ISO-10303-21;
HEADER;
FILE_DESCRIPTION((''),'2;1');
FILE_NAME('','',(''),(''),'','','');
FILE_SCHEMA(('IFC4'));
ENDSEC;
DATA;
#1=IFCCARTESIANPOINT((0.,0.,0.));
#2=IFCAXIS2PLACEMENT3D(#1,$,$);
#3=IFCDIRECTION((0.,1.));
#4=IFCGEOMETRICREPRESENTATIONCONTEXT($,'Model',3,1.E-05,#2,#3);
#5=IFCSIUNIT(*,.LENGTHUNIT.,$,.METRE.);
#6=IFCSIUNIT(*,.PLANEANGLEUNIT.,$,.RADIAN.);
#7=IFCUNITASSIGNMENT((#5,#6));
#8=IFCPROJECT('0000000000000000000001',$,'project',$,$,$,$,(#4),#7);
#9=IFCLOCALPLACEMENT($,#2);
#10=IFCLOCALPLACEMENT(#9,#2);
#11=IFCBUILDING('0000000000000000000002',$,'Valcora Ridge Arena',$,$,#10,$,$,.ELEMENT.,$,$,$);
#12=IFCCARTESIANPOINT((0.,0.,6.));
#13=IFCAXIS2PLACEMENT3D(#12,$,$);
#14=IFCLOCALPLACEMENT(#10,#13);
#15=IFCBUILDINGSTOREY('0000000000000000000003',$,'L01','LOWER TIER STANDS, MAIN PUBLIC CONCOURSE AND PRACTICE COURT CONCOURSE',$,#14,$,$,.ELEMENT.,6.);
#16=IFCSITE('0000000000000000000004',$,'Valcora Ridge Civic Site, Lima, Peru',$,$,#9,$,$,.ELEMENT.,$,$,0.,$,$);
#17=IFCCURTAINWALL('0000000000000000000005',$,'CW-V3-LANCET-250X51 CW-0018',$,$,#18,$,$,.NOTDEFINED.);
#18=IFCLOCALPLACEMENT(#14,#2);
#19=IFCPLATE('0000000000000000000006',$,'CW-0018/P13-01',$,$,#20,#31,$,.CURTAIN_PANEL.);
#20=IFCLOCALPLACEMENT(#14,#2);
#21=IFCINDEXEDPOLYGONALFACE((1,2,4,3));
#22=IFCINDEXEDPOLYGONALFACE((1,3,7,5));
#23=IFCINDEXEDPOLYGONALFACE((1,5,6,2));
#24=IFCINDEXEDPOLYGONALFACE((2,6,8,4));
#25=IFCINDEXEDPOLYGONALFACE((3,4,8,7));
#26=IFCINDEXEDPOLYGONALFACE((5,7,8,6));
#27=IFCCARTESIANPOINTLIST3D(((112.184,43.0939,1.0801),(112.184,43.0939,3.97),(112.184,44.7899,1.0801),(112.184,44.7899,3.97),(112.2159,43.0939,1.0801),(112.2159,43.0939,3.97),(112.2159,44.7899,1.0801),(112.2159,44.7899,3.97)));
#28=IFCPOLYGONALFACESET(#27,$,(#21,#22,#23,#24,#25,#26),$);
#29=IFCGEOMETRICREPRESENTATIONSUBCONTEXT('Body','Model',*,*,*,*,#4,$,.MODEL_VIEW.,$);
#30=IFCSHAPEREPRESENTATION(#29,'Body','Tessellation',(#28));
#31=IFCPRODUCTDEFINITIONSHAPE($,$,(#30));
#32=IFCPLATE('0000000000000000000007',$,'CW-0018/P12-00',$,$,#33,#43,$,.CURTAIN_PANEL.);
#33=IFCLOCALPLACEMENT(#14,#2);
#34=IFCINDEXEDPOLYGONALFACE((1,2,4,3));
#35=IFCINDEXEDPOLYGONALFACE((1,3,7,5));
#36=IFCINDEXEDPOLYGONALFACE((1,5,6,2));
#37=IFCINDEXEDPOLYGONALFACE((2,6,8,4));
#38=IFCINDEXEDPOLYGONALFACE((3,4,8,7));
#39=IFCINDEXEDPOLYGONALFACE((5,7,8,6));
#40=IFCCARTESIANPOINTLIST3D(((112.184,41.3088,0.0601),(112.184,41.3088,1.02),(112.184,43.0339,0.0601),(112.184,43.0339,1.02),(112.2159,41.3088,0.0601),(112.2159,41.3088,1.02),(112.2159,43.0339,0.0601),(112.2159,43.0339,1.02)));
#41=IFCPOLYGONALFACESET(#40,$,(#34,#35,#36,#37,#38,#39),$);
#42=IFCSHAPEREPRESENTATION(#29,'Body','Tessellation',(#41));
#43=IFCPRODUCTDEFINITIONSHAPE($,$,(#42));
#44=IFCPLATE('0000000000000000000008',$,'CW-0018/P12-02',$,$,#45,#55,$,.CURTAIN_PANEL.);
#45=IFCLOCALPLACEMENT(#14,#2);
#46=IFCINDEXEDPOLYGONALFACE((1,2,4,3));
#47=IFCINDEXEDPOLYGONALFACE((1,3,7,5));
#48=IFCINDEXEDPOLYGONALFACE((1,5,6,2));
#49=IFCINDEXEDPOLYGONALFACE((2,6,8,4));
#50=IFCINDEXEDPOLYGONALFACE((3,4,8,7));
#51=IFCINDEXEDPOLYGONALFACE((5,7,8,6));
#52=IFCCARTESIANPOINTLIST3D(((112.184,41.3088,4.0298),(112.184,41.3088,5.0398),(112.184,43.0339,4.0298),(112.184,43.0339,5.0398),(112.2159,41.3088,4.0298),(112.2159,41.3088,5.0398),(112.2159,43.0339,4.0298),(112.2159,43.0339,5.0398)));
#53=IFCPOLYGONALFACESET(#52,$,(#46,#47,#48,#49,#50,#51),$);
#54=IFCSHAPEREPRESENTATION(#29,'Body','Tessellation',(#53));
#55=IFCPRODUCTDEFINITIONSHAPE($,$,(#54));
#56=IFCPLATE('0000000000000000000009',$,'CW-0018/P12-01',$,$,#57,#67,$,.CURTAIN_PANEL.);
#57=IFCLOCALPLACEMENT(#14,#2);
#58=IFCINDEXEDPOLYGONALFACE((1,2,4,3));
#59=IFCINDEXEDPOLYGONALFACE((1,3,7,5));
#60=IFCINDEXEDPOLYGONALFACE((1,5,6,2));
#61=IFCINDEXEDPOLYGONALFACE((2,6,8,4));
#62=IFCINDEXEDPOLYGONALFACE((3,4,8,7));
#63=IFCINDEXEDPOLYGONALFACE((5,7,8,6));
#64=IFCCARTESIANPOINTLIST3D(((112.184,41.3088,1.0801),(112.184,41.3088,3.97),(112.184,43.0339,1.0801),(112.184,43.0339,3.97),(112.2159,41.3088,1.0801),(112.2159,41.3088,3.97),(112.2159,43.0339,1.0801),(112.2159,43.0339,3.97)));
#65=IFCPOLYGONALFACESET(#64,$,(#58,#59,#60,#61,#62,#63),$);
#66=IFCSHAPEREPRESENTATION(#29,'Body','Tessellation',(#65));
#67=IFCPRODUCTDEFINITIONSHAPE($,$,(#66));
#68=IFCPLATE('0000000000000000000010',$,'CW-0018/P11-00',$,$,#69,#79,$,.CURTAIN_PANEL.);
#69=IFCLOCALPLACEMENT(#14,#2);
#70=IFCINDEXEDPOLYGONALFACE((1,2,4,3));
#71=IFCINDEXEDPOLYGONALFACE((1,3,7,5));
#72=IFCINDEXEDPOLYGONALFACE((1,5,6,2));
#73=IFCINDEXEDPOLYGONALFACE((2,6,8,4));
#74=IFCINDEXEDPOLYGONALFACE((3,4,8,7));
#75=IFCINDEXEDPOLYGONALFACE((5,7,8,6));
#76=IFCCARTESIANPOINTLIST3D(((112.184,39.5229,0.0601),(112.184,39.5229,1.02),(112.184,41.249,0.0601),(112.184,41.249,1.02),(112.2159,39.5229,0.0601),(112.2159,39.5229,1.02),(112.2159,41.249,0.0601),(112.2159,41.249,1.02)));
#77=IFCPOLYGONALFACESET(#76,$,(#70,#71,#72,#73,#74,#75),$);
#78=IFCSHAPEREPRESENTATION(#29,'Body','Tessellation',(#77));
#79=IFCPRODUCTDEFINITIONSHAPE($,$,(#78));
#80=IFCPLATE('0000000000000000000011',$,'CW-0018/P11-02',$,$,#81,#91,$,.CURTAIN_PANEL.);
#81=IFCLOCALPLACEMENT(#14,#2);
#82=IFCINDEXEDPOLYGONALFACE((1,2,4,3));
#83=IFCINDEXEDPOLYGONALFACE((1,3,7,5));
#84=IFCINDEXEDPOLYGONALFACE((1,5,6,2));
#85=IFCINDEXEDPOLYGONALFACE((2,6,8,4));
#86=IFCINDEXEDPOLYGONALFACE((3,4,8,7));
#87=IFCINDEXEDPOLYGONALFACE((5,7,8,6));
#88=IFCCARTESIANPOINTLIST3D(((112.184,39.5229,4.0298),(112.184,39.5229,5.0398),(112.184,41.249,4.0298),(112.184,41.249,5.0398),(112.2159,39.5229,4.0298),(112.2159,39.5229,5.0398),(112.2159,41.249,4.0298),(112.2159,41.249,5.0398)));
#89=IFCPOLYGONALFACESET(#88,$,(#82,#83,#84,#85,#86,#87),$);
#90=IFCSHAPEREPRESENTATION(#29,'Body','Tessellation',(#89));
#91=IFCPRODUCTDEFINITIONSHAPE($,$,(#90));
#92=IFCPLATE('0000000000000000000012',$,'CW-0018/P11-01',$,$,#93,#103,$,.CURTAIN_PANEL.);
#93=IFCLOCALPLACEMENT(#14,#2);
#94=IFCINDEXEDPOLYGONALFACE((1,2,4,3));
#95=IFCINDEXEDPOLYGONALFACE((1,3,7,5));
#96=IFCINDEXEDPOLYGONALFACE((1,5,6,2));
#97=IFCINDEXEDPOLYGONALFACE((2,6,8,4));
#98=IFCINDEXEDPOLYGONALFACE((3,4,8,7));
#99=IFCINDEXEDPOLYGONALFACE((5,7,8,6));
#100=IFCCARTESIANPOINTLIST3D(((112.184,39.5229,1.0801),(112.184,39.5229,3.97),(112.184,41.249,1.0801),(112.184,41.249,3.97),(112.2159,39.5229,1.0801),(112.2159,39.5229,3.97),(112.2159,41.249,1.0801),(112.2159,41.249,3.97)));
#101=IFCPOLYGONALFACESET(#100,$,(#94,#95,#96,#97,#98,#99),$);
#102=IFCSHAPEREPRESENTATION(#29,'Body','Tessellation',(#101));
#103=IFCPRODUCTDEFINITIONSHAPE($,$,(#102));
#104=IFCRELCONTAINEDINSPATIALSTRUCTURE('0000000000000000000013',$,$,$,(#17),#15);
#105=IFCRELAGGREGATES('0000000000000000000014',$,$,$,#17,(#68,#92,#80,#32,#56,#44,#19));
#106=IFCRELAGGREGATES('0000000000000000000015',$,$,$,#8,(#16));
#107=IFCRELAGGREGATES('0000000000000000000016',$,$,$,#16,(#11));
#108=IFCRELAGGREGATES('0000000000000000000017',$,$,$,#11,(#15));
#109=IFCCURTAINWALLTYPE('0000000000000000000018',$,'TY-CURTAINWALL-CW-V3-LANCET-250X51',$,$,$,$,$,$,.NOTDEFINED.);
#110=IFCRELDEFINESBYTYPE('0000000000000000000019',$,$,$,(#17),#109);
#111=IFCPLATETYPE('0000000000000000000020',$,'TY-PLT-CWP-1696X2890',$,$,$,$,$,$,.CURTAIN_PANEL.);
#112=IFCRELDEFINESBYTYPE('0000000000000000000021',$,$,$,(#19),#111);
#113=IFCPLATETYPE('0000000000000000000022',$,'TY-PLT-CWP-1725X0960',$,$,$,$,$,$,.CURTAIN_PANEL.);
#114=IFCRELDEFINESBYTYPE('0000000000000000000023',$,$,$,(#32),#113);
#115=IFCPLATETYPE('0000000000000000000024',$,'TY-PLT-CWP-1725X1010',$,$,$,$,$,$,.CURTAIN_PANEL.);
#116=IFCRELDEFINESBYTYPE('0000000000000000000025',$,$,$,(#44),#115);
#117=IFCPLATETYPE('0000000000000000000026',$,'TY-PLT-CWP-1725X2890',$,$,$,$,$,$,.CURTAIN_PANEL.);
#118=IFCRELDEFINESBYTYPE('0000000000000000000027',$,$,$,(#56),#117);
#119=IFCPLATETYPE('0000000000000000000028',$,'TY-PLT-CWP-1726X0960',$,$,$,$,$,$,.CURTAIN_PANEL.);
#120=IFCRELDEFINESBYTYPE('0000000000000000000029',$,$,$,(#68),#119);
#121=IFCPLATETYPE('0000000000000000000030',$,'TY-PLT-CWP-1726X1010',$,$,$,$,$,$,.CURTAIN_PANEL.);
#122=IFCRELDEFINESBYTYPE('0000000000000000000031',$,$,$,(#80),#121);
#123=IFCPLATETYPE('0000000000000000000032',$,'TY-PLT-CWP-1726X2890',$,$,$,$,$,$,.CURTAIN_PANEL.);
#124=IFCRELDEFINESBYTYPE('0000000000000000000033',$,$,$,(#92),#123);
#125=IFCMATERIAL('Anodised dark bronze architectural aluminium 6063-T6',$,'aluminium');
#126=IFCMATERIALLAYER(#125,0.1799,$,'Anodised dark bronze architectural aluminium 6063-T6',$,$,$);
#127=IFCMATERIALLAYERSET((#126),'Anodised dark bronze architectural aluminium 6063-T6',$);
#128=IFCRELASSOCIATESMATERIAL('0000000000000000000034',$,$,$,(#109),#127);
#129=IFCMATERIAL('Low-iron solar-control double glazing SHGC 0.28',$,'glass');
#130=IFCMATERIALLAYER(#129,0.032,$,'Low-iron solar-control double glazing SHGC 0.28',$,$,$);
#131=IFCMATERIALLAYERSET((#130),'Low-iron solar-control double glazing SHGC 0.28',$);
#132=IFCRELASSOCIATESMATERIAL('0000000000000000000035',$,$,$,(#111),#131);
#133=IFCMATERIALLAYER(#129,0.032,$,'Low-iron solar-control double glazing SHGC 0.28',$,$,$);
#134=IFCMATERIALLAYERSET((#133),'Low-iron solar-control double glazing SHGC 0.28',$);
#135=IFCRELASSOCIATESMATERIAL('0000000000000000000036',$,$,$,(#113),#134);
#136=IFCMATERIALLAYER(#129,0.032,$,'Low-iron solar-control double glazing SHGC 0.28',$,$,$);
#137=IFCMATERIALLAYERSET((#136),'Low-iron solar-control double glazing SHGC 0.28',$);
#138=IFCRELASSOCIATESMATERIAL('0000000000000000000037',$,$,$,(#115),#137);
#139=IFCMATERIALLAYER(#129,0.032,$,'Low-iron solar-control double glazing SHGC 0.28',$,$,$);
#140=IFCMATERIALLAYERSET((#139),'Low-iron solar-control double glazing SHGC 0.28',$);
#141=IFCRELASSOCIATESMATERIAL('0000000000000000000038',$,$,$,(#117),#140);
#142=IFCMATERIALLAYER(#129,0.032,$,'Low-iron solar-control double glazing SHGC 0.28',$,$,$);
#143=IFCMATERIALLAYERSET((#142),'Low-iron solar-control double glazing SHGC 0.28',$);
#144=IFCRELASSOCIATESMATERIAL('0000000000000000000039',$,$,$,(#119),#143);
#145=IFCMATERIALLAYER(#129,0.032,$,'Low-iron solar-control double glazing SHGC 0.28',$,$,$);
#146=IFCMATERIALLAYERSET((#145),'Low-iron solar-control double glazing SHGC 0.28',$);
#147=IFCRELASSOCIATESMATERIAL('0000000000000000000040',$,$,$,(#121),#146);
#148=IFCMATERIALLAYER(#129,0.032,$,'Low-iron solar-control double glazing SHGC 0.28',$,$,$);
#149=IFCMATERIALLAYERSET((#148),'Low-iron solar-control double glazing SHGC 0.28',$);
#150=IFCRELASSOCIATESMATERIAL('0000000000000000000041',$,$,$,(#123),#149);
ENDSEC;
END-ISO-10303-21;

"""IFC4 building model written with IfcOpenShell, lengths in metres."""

from ifc_helpers import new_model, si_unit, direction, frame, origin, origin_2d, place, context, subcontext, project, spatial, rectangle, extrude, material, layer, layer_set, type_object, element, aggregate, save


model = new_model("IFC4")

# Units and contexts
model_context = context("Model", 3, precision=1e-05, world=origin(), true_north=direction((0.0, 1.0)))
body_context = subcontext(model_context, "Body", "Model", "MODEL_VIEW")
ifc_project = project(units=[si_unit("LENGTHUNIT", "METRE"), si_unit("PLANEANGLEUNIT", "RADIAN")], contexts=[model_context])

# Site, building, storey
site_placement = place(None, origin())
site = spatial("IfcSite", under=ifc_project, at=site_placement, Name="Valcora Ridge Civic Site, Lima, Peru", CompositionType="ELEMENT", RefElevation=0.0)
building_placement = place(site_placement, origin())
building = spatial("IfcBuilding", under=site, at=building_placement, Name="Valcora Ridge Arena", CompositionType="ELEMENT")
storey_placement = place(building_placement, frame((0.0, 0.0, 6.0)))
storey = spatial("IfcBuildingStorey", under=building, at=storey_placement, Name="L01", Description="LOWER TIER STANDS, MAIN PUBLIC CONCOURSE AND PRACTICE COURT CONCOURSE", CompositionType="ELEMENT", Elevation=6.0)

# Curtain wall, plates
ifc_material_1 = material(Name="Anodised dark bronze architectural aluminium 6063-T6", Category="aluminium")
ifc_layer_1 = layer(ifc_material_1, 0.1799, Name="Anodised dark bronze architectural aluminium 6063-T6")
ifc_layer_set_1 = layer_set([ifc_layer_1], Name="Anodised dark bronze architectural aluminium 6063-T6")
curtain_wall_type = type_object("IfcCurtainWallType", Name="TY-CURTAINWALL-CW-V3-LANCET-250X51", PredefinedType="NOTDEFINED", material=ifc_layer_set_1)
curtain_wall_placement = place(storey_placement, origin())
curtain_wall = element("IfcCurtainWall", 1, at=curtain_wall_placement, inside=storey, type_object=curtain_wall_type, Name="CW-V3-LANCET-250X51 CW-0018", PredefinedType="NOTDEFINED")
ifc_material_2 = material(Name="Low-iron solar-control double glazing SHGC 0.28", Category="glass")
ifc_layer_2 = layer(ifc_material_2, 0.032, Name="Low-iron solar-control double glazing SHGC 0.28")
ifc_layer_set_2 = layer_set([ifc_layer_2], Name="Low-iron solar-control double glazing SHGC 0.28")
plate_type_1 = type_object("IfcPlateType", Name="TY-PLT-CWP-1696X2890", PredefinedType="CURTAIN_PANEL", material=ifc_layer_set_2)
plate_1_placement = place(storey_placement, frame((112.2, 43.9419, 1.0801), z_axis=(0.0, 0.0, 1.0), x_axis=(0.0, 1.0, 0.0)))
plate_1 = element("IfcPlate", 2, at=plate_1_placement, type_object=plate_type_1, Name="CW-0018/P13-01", PredefinedType="CURTAIN_PANEL", context=body_context, shape_type="SweptSolid", body=[
    extrude(rectangle(XDim=1.696, YDim=0.032, at=origin_2d()), origin(), (0.0, 0.0, 1.0), 2.8899),
])
ifc_layer_3 = layer(ifc_material_2, 0.032, Name="Low-iron solar-control double glazing SHGC 0.28")
ifc_layer_set_3 = layer_set([ifc_layer_3], Name="Low-iron solar-control double glazing SHGC 0.28")
plate_type_2 = type_object("IfcPlateType", Name="TY-PLT-CWP-1725X0960", PredefinedType="CURTAIN_PANEL", material=ifc_layer_set_3)
plate_2_placement = place(storey_placement, frame((112.2, 42.1714, 0.0601), z_axis=(0.0, 0.0, 1.0), x_axis=(0.0, 1.0, 0.0)))
plate_2 = element("IfcPlate", 3, at=plate_2_placement, type_object=plate_type_2, Name="CW-0018/P12-00", PredefinedType="CURTAIN_PANEL", context=body_context, shape_type="SweptSolid", body=[
    extrude(rectangle(XDim=1.7251, YDim=0.032, at=origin_2d()), origin(), (0.0, 0.0, 1.0), 0.96),
])
ifc_layer_4 = layer(ifc_material_2, 0.032, Name="Low-iron solar-control double glazing SHGC 0.28")
ifc_layer_set_4 = layer_set([ifc_layer_4], Name="Low-iron solar-control double glazing SHGC 0.28")
plate_type_3 = type_object("IfcPlateType", Name="TY-PLT-CWP-1725X1010", PredefinedType="CURTAIN_PANEL", material=ifc_layer_set_4)
plate_3_placement = place(storey_placement, frame((112.2, 42.1714, 4.0298), z_axis=(0.0, 0.0, 1.0), x_axis=(0.0, 1.0, 0.0)))
plate_3 = element("IfcPlate", 4, at=plate_3_placement, type_object=plate_type_3, Name="CW-0018/P12-02", PredefinedType="CURTAIN_PANEL", context=body_context, shape_type="SweptSolid", body=[
    extrude(rectangle(XDim=1.7251, YDim=0.032, at=origin_2d()), origin(), (0.0, 0.0, 1.0), 1.01),
])
ifc_layer_5 = layer(ifc_material_2, 0.032, Name="Low-iron solar-control double glazing SHGC 0.28")
ifc_layer_set_5 = layer_set([ifc_layer_5], Name="Low-iron solar-control double glazing SHGC 0.28")
plate_type_4 = type_object("IfcPlateType", Name="TY-PLT-CWP-1725X2890", PredefinedType="CURTAIN_PANEL", material=ifc_layer_set_5)
plate_4_placement = place(storey_placement, frame((112.2, 42.1714, 1.0801), z_axis=(0.0, 0.0, 1.0), x_axis=(0.0, 1.0, 0.0)))
plate_4 = element("IfcPlate", 5, at=plate_4_placement, type_object=plate_type_4, Name="CW-0018/P12-01", PredefinedType="CURTAIN_PANEL", context=body_context, shape_type="SweptSolid", body=[
    extrude(rectangle(XDim=1.7251, YDim=0.032, at=origin_2d()), origin(), (0.0, 0.0, 1.0), 2.8899),
])
ifc_layer_6 = layer(ifc_material_2, 0.032, Name="Low-iron solar-control double glazing SHGC 0.28")
ifc_layer_set_6 = layer_set([ifc_layer_6], Name="Low-iron solar-control double glazing SHGC 0.28")
plate_type_5 = type_object("IfcPlateType", Name="TY-PLT-CWP-1726X0960", PredefinedType="CURTAIN_PANEL", material=ifc_layer_set_6)
plate_5_placement = place(storey_placement, frame((112.2, 40.386, 0.0601), z_axis=(0.0, 0.0, 1.0), x_axis=(0.0, 1.0, 0.0)))
plate_5 = element("IfcPlate", 6, at=plate_5_placement, type_object=plate_type_5, Name="CW-0018/P11-00", PredefinedType="CURTAIN_PANEL", context=body_context, shape_type="SweptSolid", body=[
    extrude(rectangle(XDim=1.7261, YDim=0.032, at=origin_2d()), origin(), (0.0, 0.0, 1.0), 0.96),
])
ifc_layer_7 = layer(ifc_material_2, 0.032, Name="Low-iron solar-control double glazing SHGC 0.28")
ifc_layer_set_7 = layer_set([ifc_layer_7], Name="Low-iron solar-control double glazing SHGC 0.28")
plate_type_6 = type_object("IfcPlateType", Name="TY-PLT-CWP-1726X1010", PredefinedType="CURTAIN_PANEL", material=ifc_layer_set_7)
plate_6_placement = place(storey_placement, frame((112.2, 40.386, 4.0298), z_axis=(0.0, 0.0, 1.0), x_axis=(0.0, 1.0, 0.0)))
plate_6 = element("IfcPlate", 7, at=plate_6_placement, type_object=plate_type_6, Name="CW-0018/P11-02", PredefinedType="CURTAIN_PANEL", context=body_context, shape_type="SweptSolid", body=[
    extrude(rectangle(XDim=1.7261, YDim=0.032, at=origin_2d()), origin(), (0.0, 0.0, 1.0), 1.01),
])
ifc_layer_8 = layer(ifc_material_2, 0.032, Name="Low-iron solar-control double glazing SHGC 0.28")
ifc_layer_set_8 = layer_set([ifc_layer_8], Name="Low-iron solar-control double glazing SHGC 0.28")
plate_type_7 = type_object("IfcPlateType", Name="TY-PLT-CWP-1726X2890", PredefinedType="CURTAIN_PANEL", material=ifc_layer_set_8)
plate_7_placement = place(storey_placement, frame((112.2, 40.386, 1.0801), z_axis=(0.0, 0.0, 1.0), x_axis=(0.0, 1.0, 0.0)))
plate_7 = element("IfcPlate", 8, at=plate_7_placement, type_object=plate_type_7, Name="CW-0018/P11-01", PredefinedType="CURTAIN_PANEL", context=body_context, shape_type="SweptSolid", body=[
    extrude(rectangle(XDim=1.7261, YDim=0.032, at=origin_2d()), origin(), (0.0, 0.0, 1.0), 2.8899),
])
aggregate(curtain_wall, [plate_5, plate_7, plate_6, plate_2, plate_4, plate_3, plate_1])

save(model, "model.ifc")
